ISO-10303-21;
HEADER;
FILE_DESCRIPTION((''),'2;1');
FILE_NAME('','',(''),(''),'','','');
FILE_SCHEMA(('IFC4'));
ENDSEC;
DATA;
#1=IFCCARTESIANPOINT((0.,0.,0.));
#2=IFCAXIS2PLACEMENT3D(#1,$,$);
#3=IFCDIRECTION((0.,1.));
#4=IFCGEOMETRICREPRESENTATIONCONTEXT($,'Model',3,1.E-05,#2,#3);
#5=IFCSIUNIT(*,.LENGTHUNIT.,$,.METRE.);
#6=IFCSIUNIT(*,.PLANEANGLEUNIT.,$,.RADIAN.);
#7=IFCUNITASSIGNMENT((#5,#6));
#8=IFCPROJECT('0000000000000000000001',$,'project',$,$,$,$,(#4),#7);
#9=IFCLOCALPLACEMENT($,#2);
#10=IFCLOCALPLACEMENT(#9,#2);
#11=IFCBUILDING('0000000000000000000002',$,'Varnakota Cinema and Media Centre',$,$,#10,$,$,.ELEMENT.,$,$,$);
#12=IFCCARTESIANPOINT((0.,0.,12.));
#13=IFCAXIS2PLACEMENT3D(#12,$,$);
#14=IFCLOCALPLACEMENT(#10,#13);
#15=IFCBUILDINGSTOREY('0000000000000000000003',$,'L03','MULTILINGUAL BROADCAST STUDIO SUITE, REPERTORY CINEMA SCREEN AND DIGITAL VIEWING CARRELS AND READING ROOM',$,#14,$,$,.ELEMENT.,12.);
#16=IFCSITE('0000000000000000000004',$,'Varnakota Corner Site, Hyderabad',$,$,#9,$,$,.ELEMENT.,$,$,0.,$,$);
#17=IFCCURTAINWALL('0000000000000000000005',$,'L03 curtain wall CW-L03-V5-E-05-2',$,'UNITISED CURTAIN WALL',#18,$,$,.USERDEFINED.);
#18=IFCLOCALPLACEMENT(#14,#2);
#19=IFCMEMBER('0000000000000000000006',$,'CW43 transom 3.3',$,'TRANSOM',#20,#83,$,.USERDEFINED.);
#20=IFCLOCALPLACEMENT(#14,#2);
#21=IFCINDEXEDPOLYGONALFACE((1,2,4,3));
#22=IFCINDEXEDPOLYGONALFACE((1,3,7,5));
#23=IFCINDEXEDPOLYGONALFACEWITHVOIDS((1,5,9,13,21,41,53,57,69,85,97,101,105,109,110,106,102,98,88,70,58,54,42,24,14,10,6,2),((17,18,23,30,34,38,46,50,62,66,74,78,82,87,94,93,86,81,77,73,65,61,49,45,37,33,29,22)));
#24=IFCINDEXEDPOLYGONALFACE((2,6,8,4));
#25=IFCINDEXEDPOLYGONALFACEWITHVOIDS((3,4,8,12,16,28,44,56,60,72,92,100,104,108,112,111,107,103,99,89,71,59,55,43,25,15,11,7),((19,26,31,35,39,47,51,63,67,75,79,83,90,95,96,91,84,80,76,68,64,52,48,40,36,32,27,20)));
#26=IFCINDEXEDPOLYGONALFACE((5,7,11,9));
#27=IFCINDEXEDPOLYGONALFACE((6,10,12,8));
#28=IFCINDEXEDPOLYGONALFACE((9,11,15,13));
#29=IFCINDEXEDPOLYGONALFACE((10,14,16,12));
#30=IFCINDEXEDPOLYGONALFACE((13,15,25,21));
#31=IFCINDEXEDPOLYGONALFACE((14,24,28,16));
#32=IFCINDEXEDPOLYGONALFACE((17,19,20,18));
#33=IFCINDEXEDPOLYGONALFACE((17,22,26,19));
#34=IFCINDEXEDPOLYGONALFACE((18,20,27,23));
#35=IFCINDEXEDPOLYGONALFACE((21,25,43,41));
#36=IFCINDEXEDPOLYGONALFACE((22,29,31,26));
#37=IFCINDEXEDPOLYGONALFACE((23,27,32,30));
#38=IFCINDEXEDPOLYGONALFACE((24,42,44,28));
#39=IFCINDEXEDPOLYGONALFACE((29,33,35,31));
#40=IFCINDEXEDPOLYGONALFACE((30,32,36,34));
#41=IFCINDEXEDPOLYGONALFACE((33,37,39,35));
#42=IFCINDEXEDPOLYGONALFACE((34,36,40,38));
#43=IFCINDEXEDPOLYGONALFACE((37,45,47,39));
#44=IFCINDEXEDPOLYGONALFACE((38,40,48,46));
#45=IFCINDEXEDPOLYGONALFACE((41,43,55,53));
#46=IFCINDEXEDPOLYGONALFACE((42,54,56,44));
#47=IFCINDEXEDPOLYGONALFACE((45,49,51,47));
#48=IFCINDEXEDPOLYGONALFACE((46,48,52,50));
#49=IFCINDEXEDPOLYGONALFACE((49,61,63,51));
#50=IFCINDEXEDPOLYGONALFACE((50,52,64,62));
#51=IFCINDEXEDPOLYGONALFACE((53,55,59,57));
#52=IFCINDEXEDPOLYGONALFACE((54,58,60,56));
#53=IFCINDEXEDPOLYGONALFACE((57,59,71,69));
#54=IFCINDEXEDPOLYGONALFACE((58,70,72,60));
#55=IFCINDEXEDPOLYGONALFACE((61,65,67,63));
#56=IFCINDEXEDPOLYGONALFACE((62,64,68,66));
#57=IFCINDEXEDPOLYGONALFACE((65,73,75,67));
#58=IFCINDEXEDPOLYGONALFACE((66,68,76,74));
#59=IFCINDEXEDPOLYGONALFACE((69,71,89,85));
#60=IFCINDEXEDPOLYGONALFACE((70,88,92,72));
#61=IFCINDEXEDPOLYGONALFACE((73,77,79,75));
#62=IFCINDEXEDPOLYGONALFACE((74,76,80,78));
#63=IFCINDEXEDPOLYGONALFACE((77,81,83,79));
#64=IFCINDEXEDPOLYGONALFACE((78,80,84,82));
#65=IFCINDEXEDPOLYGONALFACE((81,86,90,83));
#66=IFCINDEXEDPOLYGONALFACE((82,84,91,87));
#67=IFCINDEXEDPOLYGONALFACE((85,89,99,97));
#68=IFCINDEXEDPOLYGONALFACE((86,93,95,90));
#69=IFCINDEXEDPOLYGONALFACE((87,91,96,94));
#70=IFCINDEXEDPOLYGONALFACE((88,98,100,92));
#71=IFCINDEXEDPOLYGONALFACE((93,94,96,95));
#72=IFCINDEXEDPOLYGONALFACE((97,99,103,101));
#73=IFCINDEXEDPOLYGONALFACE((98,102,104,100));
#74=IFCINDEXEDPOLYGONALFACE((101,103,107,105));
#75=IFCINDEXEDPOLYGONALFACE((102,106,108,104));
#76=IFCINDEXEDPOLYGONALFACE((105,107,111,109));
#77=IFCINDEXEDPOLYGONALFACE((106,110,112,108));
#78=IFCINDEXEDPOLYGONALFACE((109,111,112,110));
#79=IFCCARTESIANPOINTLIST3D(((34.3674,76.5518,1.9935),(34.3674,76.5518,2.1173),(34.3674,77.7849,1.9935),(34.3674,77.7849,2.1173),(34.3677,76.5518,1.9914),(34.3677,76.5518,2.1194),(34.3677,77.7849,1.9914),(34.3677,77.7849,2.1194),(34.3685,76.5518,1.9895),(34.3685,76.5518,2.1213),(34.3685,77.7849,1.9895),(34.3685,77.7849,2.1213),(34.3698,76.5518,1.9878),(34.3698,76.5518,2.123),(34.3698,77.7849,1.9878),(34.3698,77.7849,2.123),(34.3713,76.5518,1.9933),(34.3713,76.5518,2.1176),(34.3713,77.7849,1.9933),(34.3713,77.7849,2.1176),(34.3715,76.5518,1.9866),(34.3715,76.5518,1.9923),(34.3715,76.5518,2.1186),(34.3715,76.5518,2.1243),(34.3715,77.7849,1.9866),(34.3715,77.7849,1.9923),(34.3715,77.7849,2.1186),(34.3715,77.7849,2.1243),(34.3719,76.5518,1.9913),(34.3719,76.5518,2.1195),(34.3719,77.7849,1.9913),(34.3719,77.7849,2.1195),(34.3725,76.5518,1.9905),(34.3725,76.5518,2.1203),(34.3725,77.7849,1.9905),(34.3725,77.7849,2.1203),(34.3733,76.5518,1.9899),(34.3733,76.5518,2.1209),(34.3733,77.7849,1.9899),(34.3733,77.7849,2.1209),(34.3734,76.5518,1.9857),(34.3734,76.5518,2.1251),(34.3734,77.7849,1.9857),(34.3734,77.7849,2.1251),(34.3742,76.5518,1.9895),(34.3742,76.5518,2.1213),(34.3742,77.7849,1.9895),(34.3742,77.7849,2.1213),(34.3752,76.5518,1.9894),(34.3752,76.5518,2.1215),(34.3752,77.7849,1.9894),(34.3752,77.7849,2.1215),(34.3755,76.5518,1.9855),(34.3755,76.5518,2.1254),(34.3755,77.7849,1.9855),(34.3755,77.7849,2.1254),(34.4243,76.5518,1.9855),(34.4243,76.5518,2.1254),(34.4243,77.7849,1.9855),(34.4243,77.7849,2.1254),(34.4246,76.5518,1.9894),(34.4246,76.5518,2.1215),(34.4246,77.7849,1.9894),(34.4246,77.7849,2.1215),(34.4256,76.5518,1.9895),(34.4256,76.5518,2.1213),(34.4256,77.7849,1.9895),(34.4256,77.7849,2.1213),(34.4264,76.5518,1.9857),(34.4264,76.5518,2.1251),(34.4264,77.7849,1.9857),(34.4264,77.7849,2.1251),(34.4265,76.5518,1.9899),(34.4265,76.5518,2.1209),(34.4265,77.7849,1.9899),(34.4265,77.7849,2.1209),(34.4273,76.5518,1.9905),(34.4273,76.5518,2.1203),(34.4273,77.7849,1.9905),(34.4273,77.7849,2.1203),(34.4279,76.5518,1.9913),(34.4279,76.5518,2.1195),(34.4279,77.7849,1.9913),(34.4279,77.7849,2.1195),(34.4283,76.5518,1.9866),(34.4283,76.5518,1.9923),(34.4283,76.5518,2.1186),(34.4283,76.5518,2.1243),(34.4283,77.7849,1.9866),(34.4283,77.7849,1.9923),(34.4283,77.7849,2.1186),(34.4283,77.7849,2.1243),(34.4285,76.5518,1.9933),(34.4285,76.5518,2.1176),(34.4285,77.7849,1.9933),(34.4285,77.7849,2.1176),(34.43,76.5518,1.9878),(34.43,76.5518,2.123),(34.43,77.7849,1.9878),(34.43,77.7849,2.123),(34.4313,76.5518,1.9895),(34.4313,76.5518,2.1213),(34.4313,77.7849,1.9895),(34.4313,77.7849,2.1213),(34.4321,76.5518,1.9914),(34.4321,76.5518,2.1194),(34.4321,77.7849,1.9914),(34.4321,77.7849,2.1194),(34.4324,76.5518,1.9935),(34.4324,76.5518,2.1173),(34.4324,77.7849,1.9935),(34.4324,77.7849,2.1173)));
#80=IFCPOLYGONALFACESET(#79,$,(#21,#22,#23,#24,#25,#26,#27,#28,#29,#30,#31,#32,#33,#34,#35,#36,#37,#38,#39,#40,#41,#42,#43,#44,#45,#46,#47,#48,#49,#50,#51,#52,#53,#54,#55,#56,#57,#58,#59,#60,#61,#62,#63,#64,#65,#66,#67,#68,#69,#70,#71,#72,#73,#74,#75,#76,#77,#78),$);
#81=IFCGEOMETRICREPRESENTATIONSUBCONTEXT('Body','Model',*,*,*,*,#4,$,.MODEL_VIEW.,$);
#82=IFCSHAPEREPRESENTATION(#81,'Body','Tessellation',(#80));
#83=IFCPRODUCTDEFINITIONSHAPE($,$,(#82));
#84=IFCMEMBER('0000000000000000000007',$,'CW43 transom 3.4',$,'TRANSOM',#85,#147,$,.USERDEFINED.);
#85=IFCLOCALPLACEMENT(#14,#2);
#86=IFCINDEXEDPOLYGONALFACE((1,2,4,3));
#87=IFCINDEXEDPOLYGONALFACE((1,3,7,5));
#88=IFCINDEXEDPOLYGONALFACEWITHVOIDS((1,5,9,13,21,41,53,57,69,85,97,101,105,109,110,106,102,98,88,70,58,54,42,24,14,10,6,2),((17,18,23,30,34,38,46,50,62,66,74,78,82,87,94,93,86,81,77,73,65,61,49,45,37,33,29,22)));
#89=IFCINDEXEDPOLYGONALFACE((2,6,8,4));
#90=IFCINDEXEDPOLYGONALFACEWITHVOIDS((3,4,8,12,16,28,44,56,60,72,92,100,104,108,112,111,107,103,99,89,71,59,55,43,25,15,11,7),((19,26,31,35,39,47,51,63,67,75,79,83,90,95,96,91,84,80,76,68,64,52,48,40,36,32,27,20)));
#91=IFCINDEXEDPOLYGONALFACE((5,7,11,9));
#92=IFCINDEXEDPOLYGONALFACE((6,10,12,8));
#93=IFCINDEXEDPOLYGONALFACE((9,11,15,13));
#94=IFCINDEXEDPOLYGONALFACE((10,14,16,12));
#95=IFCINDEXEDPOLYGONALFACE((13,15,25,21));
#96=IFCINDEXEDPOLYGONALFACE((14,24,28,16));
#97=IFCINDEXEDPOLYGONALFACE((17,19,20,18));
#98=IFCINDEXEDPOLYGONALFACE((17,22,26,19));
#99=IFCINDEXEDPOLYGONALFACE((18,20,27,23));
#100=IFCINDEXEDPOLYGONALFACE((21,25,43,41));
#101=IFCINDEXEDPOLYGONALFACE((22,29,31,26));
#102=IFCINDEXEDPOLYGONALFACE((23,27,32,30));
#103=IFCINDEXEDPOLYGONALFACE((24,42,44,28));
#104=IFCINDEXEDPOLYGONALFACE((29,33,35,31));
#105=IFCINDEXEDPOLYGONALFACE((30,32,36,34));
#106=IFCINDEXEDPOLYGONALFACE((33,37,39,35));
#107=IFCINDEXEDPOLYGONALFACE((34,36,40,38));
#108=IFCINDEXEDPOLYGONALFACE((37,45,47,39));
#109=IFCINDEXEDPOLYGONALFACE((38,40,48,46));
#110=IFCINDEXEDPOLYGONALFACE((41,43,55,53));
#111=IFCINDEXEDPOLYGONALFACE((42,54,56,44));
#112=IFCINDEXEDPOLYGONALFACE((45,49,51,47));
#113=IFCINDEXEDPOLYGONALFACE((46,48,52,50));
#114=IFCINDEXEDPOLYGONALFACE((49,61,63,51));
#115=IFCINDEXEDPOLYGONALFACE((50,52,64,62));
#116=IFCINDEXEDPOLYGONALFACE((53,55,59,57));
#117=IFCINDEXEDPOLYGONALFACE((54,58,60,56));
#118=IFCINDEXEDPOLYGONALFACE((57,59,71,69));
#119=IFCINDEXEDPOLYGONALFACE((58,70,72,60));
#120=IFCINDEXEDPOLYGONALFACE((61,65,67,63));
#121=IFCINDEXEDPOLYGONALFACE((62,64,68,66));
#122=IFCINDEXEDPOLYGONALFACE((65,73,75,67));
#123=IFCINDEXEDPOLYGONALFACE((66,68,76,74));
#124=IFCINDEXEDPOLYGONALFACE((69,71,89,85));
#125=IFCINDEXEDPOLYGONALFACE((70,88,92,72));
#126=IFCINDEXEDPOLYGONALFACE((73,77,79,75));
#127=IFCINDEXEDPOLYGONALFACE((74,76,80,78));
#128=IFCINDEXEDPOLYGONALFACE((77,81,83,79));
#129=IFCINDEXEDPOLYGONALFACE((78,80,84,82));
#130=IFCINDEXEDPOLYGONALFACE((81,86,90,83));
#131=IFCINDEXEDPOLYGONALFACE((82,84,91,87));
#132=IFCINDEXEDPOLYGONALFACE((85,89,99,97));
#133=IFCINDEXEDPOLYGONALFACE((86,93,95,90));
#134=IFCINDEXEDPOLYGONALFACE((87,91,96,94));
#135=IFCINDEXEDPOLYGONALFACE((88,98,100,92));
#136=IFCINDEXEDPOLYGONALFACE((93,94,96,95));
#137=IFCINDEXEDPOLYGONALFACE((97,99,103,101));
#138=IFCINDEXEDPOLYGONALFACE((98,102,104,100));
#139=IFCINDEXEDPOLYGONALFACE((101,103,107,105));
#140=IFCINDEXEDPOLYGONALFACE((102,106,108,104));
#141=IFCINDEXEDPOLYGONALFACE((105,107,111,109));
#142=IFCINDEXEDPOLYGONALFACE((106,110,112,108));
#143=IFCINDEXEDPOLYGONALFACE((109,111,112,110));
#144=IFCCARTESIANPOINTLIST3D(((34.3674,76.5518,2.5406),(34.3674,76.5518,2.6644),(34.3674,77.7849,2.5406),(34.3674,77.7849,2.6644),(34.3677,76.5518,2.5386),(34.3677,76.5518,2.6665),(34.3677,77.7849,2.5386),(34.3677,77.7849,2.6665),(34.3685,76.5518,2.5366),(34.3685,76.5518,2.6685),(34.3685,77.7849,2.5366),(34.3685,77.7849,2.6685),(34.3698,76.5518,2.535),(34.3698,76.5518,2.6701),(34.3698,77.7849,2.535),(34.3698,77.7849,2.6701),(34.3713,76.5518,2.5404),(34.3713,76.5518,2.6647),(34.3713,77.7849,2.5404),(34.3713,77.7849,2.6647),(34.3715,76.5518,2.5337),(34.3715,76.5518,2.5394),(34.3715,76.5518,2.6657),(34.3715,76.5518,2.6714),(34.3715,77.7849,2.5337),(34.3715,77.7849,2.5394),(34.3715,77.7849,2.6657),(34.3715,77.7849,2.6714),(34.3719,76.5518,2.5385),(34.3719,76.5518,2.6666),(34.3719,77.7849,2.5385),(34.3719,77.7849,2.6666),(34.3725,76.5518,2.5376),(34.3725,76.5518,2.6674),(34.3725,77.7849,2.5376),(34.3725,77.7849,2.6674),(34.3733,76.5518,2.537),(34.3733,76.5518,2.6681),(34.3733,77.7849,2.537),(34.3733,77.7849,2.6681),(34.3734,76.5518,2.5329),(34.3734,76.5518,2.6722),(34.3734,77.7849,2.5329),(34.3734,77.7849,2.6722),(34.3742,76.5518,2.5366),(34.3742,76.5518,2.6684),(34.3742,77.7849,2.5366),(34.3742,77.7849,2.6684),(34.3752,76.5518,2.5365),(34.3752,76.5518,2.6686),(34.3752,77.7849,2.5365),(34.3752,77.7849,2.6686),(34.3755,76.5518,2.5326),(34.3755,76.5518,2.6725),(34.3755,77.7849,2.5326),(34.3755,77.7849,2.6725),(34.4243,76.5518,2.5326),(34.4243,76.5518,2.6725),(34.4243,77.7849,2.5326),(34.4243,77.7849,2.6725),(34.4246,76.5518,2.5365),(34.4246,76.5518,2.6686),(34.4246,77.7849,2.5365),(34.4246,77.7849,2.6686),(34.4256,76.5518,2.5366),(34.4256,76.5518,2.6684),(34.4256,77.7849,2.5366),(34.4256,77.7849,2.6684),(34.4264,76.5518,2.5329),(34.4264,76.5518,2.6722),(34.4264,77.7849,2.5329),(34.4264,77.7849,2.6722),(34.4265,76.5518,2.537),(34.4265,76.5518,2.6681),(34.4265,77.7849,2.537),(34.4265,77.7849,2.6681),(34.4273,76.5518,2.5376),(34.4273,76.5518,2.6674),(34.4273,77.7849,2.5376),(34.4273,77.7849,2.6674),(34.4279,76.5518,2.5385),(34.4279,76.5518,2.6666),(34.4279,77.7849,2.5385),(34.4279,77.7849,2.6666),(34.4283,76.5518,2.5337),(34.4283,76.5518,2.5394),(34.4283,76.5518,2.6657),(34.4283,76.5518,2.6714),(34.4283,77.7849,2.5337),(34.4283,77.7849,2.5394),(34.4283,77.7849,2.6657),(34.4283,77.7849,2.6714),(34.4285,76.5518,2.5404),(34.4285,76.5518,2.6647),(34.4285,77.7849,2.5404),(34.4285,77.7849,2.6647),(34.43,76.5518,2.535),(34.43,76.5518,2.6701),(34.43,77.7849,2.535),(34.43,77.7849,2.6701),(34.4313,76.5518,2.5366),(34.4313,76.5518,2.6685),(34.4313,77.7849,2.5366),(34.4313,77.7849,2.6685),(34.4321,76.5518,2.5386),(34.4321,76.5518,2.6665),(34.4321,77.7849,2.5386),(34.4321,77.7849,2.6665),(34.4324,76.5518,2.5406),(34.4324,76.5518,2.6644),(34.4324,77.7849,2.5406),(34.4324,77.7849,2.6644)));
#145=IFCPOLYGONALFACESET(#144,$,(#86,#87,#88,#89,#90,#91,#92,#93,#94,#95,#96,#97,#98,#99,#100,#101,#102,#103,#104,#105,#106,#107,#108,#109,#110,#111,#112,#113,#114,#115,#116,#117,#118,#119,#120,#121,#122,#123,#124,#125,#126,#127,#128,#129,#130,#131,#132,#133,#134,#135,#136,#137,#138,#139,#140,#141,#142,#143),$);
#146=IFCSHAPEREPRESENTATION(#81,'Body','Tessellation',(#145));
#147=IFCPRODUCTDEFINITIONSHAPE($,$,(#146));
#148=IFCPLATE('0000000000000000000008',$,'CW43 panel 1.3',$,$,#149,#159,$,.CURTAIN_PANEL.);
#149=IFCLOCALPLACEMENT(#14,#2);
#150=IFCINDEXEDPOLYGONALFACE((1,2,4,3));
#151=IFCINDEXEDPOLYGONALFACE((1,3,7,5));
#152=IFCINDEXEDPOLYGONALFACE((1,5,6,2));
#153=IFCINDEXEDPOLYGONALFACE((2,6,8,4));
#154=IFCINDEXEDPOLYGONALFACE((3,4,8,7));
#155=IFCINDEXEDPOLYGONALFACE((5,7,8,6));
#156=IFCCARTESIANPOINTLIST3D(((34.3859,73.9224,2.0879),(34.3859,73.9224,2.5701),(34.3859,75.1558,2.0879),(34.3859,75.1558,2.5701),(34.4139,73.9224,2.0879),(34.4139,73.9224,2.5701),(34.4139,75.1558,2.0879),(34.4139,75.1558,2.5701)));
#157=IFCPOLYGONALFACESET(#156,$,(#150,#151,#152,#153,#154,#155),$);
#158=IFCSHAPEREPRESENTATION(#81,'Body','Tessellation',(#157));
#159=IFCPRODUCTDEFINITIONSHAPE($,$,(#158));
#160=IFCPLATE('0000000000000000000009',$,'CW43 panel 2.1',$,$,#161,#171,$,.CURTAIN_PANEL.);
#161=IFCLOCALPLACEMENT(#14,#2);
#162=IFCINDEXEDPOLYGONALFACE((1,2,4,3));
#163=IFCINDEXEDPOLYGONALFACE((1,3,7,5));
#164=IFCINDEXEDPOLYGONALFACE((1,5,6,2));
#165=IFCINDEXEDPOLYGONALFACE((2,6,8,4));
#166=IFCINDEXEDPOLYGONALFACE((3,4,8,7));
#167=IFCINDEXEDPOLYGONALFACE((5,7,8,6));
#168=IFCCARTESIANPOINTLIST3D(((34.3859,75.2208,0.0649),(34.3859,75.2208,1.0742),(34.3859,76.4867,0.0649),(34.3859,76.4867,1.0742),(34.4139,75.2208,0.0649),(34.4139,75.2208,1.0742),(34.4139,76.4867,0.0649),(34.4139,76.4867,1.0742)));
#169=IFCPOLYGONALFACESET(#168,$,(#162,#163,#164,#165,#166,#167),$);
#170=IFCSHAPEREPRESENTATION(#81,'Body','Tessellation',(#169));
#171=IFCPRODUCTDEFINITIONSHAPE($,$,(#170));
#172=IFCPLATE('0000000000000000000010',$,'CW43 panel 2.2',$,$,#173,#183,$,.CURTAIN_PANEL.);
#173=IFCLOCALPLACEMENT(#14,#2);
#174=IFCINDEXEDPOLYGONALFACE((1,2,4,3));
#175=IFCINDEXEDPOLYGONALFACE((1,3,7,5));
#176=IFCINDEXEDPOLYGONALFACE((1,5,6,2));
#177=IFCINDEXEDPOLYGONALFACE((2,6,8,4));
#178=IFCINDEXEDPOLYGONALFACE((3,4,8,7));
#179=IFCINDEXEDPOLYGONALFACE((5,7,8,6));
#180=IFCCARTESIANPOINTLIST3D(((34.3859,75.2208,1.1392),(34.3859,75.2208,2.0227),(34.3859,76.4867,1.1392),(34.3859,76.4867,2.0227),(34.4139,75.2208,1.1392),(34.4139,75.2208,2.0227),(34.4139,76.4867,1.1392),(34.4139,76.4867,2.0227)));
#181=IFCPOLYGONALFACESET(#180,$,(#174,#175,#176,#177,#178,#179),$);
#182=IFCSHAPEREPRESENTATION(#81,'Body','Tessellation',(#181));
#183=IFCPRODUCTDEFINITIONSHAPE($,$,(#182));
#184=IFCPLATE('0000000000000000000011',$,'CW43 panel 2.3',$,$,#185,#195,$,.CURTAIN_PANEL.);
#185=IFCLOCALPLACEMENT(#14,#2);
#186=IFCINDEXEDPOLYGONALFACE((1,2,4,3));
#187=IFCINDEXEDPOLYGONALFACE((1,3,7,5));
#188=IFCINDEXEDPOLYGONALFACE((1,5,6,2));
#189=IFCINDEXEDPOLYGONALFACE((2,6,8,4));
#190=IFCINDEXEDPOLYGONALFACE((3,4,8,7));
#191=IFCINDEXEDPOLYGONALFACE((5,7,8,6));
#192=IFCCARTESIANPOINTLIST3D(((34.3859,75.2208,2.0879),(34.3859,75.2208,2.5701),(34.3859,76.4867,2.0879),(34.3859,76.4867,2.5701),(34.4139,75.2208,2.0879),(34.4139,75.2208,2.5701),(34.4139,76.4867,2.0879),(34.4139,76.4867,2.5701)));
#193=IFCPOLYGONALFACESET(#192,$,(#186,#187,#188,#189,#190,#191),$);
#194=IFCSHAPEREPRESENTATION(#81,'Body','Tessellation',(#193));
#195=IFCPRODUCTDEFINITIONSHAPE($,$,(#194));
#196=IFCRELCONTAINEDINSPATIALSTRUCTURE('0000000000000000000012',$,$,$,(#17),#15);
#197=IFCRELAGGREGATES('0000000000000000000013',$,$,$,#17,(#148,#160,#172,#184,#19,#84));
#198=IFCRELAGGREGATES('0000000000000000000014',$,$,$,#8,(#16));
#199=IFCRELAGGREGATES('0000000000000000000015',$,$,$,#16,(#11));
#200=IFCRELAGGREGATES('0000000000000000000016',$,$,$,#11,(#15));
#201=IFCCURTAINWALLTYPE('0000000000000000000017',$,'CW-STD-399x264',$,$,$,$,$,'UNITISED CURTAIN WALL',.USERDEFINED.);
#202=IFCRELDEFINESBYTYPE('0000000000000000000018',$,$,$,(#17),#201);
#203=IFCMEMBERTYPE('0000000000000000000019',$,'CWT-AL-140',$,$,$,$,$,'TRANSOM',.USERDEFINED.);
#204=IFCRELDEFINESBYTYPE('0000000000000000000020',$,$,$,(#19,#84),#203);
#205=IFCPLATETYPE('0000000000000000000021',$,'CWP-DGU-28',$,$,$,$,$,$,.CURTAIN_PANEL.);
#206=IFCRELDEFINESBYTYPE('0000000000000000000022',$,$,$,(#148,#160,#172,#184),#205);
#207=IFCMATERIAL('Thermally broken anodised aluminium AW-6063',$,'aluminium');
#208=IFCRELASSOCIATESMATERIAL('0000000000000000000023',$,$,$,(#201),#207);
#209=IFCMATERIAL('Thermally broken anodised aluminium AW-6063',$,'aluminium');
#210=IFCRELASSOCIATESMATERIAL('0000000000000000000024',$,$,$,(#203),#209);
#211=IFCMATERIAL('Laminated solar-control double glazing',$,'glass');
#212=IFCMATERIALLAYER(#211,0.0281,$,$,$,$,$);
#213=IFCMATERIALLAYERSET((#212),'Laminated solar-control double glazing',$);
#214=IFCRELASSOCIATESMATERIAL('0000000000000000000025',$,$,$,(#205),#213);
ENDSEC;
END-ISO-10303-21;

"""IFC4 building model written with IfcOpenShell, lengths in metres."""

from ifc_helpers import new_model, si_unit, direction, frame, origin, origin_2d, place, context, subcontext, project, spatial, rectangle, hollow_rectangle, extrude, material, layer, layer_set, material_profile, profile_set, type_object, element, aggregate, save


model = new_model("IFC4")

# Units and contexts
model_context = context("Model", 3, precision=1e-05, world=origin(), true_north=direction((0.0, 1.0)))
body_context = subcontext(model_context, "Body", "Model", "MODEL_VIEW")
ifc_project = project(units=[si_unit("LENGTHUNIT", "METRE"), si_unit("PLANEANGLEUNIT", "RADIAN")], contexts=[model_context])

# Site, building, storey
site_placement = place(None, origin())
site = spatial("IfcSite", under=ifc_project, at=site_placement, Name="Varnakota Corner Site, Hyderabad", CompositionType="ELEMENT", RefElevation=0.0)
building_placement = place(site_placement, origin())
building = spatial("IfcBuilding", under=site, at=building_placement, Name="Varnakota Cinema and Media Centre", CompositionType="ELEMENT")
storey_placement = place(building_placement, frame((0.0, 0.0, 12.0)))
storey = spatial("IfcBuildingStorey", under=building, at=storey_placement, Name="L03", Description="MULTILINGUAL BROADCAST STUDIO SUITE, REPERTORY CINEMA SCREEN AND DIGITAL VIEWING CARRELS AND READING ROOM", CompositionType="ELEMENT", Elevation=12.0)

# Curtain wall, members, plates
ifc_material_1 = material(Name="Thermally broken anodised aluminium AW-6063", Category="aluminium")
curtain_wall_type = type_object("IfcCurtainWallType", Name="CW-STD-399x264", ElementType="UNITISED CURTAIN WALL", PredefinedType="USERDEFINED", material=ifc_material_1)
curtain_wall_placement = place(storey_placement, origin())
curtain_wall = element("IfcCurtainWall", 1, at=curtain_wall_placement, inside=storey, type_object=curtain_wall_type, Name="L03 curtain wall CW-L03-V5-E-05-2", ObjectType="UNITISED CURTAIN WALL", PredefinedType="USERDEFINED")
ifc_material_2 = material(Name="Thermally broken anodised aluminium AW-6063", Category="aluminium")
ifc_material_profile_1 = material_profile(ifc_material_2, hollow_rectangle(XDim=0.0649, YDim=0.1399, WallThickness=0.0039, InnerFilletRadius=0.0039, OuterFilletRadius=0.0081, at=origin_2d()), Name="AL-TRANSOM 140x65x4")
ifc_profile_set_1 = profile_set([ifc_material_profile_1], Name="Thermally broken anodised aluminium AW-6063")
member_type_1 = type_object("IfcMemberType", Name="CWT-AL-140", ElementType="TRANSOM", PredefinedType="USERDEFINED", material=ifc_profile_set_1)
member_1_placement = place(storey_placement, frame((34.3999, 76.5518, 2.0554), z_axis=(0.0, 1.0, 0.0), x_axis=(-1.0, 0.0, 0.0)))
member_1 = element("IfcMember", 2, at=member_1_placement, type_object=member_type_1, Name="CW43 transom 3.3", ObjectType="TRANSOM", PredefinedType="USERDEFINED", context=body_context, shape_type="SweptSolid", body=[
    extrude(hollow_rectangle(XDim=0.0649, YDim=0.1399, WallThickness=0.0039, InnerFilletRadius=0.0039, OuterFilletRadius=0.0081, at=origin_2d()), origin(), (0.0, 0.0, 1.0), 1.2332),
])
member_2_placement = place(storey_placement, frame((34.3999, 76.5518, 2.6025), z_axis=(0.0, 1.0, 0.0), x_axis=(-1.0, 0.0, 0.0)))
member_2 = element("IfcMember", 3, at=member_2_placement, type_object=member_type_1, Name="CW43 transom 3.4", ObjectType="TRANSOM", PredefinedType="USERDEFINED", context=body_context, shape_type="SweptSolid", body=[
    extrude(hollow_rectangle(XDim=0.0649, YDim=0.1399, WallThickness=0.0039, InnerFilletRadius=0.0039, OuterFilletRadius=0.0081, at=origin_2d()), origin(), (0.0, 0.0, 1.0), 1.2332),
])
ifc_material_3 = material(Name="Laminated solar-control double glazing", Category="glass")
ifc_layer = layer(ifc_material_3, 0.0281)
ifc_layer_set = layer_set([ifc_layer], Name="Laminated solar-control double glazing")
plate_type = type_object("IfcPlateType", Name="CWP-DGU-28", PredefinedType="CURTAIN_PANEL", material=ifc_layer_set)
plate_1_placement = place(storey_placement, frame((34.3999, 74.5391, 2.0879), z_axis=(0.0, 0.0, 1.0), x_axis=(0.0, 1.0, 0.0)))
plate_1 = element("IfcPlate", 4, at=plate_1_placement, type_object=plate_type, Name="CW43 panel 1.3", PredefinedType="CURTAIN_PANEL", context=body_context, shape_type="SweptSolid", body=[
    extrude(rectangle(XDim=1.2334, YDim=0.0281, at=origin_2d()), origin(), (0.0, 0.0, 1.0), 0.4822),
])
plate_2_placement = place(storey_placement, frame((34.3999, 75.8538, 0.0649), z_axis=(0.0, 0.0, 1.0), x_axis=(0.0, 1.0, 0.0)))
plate_2 = element("IfcPlate", 5, at=plate_2_placement, type_object=plate_type, Name="CW43 panel 2.1", PredefinedType="CURTAIN_PANEL", context=body_context, shape_type="SweptSolid", body=[
    extrude(rectangle(XDim=1.2659, YDim=0.0281, at=origin_2d()), origin(), (0.0, 0.0, 1.0), 1.0093),
])
plate_3_placement = place(storey_placement, frame((34.3999, 75.8538, 1.1392), z_axis=(0.0, 0.0, 1.0), x_axis=(0.0, 1.0, 0.0)))
plate_3 = element("IfcPlate", 6, at=plate_3_placement, type_object=plate_type, Name="CW43 panel 2.2", PredefinedType="CURTAIN_PANEL", context=body_context, shape_type="SweptSolid", body=[
    extrude(rectangle(XDim=1.2659, YDim=0.0281, at=origin_2d()), origin(), (0.0, 0.0, 1.0), 0.8835),
])
plate_4_placement = place(storey_placement, frame((34.3999, 75.8538, 2.0879), z_axis=(0.0, 0.0, 1.0), x_axis=(0.0, 1.0, 0.0)))
plate_4 = element("IfcPlate", 7, at=plate_4_placement, type_object=plate_type, Name="CW43 panel 2.3", PredefinedType="CURTAIN_PANEL", context=body_context, shape_type="SweptSolid", body=[
    extrude(rectangle(XDim=1.2659, YDim=0.0281, at=origin_2d()), origin(), (0.0, 0.0, 1.0), 0.4822),
])
aggregate(curtain_wall, [plate_1, plate_2, plate_3, plate_4, member_1, member_2])

save(model, "model.ifc")
